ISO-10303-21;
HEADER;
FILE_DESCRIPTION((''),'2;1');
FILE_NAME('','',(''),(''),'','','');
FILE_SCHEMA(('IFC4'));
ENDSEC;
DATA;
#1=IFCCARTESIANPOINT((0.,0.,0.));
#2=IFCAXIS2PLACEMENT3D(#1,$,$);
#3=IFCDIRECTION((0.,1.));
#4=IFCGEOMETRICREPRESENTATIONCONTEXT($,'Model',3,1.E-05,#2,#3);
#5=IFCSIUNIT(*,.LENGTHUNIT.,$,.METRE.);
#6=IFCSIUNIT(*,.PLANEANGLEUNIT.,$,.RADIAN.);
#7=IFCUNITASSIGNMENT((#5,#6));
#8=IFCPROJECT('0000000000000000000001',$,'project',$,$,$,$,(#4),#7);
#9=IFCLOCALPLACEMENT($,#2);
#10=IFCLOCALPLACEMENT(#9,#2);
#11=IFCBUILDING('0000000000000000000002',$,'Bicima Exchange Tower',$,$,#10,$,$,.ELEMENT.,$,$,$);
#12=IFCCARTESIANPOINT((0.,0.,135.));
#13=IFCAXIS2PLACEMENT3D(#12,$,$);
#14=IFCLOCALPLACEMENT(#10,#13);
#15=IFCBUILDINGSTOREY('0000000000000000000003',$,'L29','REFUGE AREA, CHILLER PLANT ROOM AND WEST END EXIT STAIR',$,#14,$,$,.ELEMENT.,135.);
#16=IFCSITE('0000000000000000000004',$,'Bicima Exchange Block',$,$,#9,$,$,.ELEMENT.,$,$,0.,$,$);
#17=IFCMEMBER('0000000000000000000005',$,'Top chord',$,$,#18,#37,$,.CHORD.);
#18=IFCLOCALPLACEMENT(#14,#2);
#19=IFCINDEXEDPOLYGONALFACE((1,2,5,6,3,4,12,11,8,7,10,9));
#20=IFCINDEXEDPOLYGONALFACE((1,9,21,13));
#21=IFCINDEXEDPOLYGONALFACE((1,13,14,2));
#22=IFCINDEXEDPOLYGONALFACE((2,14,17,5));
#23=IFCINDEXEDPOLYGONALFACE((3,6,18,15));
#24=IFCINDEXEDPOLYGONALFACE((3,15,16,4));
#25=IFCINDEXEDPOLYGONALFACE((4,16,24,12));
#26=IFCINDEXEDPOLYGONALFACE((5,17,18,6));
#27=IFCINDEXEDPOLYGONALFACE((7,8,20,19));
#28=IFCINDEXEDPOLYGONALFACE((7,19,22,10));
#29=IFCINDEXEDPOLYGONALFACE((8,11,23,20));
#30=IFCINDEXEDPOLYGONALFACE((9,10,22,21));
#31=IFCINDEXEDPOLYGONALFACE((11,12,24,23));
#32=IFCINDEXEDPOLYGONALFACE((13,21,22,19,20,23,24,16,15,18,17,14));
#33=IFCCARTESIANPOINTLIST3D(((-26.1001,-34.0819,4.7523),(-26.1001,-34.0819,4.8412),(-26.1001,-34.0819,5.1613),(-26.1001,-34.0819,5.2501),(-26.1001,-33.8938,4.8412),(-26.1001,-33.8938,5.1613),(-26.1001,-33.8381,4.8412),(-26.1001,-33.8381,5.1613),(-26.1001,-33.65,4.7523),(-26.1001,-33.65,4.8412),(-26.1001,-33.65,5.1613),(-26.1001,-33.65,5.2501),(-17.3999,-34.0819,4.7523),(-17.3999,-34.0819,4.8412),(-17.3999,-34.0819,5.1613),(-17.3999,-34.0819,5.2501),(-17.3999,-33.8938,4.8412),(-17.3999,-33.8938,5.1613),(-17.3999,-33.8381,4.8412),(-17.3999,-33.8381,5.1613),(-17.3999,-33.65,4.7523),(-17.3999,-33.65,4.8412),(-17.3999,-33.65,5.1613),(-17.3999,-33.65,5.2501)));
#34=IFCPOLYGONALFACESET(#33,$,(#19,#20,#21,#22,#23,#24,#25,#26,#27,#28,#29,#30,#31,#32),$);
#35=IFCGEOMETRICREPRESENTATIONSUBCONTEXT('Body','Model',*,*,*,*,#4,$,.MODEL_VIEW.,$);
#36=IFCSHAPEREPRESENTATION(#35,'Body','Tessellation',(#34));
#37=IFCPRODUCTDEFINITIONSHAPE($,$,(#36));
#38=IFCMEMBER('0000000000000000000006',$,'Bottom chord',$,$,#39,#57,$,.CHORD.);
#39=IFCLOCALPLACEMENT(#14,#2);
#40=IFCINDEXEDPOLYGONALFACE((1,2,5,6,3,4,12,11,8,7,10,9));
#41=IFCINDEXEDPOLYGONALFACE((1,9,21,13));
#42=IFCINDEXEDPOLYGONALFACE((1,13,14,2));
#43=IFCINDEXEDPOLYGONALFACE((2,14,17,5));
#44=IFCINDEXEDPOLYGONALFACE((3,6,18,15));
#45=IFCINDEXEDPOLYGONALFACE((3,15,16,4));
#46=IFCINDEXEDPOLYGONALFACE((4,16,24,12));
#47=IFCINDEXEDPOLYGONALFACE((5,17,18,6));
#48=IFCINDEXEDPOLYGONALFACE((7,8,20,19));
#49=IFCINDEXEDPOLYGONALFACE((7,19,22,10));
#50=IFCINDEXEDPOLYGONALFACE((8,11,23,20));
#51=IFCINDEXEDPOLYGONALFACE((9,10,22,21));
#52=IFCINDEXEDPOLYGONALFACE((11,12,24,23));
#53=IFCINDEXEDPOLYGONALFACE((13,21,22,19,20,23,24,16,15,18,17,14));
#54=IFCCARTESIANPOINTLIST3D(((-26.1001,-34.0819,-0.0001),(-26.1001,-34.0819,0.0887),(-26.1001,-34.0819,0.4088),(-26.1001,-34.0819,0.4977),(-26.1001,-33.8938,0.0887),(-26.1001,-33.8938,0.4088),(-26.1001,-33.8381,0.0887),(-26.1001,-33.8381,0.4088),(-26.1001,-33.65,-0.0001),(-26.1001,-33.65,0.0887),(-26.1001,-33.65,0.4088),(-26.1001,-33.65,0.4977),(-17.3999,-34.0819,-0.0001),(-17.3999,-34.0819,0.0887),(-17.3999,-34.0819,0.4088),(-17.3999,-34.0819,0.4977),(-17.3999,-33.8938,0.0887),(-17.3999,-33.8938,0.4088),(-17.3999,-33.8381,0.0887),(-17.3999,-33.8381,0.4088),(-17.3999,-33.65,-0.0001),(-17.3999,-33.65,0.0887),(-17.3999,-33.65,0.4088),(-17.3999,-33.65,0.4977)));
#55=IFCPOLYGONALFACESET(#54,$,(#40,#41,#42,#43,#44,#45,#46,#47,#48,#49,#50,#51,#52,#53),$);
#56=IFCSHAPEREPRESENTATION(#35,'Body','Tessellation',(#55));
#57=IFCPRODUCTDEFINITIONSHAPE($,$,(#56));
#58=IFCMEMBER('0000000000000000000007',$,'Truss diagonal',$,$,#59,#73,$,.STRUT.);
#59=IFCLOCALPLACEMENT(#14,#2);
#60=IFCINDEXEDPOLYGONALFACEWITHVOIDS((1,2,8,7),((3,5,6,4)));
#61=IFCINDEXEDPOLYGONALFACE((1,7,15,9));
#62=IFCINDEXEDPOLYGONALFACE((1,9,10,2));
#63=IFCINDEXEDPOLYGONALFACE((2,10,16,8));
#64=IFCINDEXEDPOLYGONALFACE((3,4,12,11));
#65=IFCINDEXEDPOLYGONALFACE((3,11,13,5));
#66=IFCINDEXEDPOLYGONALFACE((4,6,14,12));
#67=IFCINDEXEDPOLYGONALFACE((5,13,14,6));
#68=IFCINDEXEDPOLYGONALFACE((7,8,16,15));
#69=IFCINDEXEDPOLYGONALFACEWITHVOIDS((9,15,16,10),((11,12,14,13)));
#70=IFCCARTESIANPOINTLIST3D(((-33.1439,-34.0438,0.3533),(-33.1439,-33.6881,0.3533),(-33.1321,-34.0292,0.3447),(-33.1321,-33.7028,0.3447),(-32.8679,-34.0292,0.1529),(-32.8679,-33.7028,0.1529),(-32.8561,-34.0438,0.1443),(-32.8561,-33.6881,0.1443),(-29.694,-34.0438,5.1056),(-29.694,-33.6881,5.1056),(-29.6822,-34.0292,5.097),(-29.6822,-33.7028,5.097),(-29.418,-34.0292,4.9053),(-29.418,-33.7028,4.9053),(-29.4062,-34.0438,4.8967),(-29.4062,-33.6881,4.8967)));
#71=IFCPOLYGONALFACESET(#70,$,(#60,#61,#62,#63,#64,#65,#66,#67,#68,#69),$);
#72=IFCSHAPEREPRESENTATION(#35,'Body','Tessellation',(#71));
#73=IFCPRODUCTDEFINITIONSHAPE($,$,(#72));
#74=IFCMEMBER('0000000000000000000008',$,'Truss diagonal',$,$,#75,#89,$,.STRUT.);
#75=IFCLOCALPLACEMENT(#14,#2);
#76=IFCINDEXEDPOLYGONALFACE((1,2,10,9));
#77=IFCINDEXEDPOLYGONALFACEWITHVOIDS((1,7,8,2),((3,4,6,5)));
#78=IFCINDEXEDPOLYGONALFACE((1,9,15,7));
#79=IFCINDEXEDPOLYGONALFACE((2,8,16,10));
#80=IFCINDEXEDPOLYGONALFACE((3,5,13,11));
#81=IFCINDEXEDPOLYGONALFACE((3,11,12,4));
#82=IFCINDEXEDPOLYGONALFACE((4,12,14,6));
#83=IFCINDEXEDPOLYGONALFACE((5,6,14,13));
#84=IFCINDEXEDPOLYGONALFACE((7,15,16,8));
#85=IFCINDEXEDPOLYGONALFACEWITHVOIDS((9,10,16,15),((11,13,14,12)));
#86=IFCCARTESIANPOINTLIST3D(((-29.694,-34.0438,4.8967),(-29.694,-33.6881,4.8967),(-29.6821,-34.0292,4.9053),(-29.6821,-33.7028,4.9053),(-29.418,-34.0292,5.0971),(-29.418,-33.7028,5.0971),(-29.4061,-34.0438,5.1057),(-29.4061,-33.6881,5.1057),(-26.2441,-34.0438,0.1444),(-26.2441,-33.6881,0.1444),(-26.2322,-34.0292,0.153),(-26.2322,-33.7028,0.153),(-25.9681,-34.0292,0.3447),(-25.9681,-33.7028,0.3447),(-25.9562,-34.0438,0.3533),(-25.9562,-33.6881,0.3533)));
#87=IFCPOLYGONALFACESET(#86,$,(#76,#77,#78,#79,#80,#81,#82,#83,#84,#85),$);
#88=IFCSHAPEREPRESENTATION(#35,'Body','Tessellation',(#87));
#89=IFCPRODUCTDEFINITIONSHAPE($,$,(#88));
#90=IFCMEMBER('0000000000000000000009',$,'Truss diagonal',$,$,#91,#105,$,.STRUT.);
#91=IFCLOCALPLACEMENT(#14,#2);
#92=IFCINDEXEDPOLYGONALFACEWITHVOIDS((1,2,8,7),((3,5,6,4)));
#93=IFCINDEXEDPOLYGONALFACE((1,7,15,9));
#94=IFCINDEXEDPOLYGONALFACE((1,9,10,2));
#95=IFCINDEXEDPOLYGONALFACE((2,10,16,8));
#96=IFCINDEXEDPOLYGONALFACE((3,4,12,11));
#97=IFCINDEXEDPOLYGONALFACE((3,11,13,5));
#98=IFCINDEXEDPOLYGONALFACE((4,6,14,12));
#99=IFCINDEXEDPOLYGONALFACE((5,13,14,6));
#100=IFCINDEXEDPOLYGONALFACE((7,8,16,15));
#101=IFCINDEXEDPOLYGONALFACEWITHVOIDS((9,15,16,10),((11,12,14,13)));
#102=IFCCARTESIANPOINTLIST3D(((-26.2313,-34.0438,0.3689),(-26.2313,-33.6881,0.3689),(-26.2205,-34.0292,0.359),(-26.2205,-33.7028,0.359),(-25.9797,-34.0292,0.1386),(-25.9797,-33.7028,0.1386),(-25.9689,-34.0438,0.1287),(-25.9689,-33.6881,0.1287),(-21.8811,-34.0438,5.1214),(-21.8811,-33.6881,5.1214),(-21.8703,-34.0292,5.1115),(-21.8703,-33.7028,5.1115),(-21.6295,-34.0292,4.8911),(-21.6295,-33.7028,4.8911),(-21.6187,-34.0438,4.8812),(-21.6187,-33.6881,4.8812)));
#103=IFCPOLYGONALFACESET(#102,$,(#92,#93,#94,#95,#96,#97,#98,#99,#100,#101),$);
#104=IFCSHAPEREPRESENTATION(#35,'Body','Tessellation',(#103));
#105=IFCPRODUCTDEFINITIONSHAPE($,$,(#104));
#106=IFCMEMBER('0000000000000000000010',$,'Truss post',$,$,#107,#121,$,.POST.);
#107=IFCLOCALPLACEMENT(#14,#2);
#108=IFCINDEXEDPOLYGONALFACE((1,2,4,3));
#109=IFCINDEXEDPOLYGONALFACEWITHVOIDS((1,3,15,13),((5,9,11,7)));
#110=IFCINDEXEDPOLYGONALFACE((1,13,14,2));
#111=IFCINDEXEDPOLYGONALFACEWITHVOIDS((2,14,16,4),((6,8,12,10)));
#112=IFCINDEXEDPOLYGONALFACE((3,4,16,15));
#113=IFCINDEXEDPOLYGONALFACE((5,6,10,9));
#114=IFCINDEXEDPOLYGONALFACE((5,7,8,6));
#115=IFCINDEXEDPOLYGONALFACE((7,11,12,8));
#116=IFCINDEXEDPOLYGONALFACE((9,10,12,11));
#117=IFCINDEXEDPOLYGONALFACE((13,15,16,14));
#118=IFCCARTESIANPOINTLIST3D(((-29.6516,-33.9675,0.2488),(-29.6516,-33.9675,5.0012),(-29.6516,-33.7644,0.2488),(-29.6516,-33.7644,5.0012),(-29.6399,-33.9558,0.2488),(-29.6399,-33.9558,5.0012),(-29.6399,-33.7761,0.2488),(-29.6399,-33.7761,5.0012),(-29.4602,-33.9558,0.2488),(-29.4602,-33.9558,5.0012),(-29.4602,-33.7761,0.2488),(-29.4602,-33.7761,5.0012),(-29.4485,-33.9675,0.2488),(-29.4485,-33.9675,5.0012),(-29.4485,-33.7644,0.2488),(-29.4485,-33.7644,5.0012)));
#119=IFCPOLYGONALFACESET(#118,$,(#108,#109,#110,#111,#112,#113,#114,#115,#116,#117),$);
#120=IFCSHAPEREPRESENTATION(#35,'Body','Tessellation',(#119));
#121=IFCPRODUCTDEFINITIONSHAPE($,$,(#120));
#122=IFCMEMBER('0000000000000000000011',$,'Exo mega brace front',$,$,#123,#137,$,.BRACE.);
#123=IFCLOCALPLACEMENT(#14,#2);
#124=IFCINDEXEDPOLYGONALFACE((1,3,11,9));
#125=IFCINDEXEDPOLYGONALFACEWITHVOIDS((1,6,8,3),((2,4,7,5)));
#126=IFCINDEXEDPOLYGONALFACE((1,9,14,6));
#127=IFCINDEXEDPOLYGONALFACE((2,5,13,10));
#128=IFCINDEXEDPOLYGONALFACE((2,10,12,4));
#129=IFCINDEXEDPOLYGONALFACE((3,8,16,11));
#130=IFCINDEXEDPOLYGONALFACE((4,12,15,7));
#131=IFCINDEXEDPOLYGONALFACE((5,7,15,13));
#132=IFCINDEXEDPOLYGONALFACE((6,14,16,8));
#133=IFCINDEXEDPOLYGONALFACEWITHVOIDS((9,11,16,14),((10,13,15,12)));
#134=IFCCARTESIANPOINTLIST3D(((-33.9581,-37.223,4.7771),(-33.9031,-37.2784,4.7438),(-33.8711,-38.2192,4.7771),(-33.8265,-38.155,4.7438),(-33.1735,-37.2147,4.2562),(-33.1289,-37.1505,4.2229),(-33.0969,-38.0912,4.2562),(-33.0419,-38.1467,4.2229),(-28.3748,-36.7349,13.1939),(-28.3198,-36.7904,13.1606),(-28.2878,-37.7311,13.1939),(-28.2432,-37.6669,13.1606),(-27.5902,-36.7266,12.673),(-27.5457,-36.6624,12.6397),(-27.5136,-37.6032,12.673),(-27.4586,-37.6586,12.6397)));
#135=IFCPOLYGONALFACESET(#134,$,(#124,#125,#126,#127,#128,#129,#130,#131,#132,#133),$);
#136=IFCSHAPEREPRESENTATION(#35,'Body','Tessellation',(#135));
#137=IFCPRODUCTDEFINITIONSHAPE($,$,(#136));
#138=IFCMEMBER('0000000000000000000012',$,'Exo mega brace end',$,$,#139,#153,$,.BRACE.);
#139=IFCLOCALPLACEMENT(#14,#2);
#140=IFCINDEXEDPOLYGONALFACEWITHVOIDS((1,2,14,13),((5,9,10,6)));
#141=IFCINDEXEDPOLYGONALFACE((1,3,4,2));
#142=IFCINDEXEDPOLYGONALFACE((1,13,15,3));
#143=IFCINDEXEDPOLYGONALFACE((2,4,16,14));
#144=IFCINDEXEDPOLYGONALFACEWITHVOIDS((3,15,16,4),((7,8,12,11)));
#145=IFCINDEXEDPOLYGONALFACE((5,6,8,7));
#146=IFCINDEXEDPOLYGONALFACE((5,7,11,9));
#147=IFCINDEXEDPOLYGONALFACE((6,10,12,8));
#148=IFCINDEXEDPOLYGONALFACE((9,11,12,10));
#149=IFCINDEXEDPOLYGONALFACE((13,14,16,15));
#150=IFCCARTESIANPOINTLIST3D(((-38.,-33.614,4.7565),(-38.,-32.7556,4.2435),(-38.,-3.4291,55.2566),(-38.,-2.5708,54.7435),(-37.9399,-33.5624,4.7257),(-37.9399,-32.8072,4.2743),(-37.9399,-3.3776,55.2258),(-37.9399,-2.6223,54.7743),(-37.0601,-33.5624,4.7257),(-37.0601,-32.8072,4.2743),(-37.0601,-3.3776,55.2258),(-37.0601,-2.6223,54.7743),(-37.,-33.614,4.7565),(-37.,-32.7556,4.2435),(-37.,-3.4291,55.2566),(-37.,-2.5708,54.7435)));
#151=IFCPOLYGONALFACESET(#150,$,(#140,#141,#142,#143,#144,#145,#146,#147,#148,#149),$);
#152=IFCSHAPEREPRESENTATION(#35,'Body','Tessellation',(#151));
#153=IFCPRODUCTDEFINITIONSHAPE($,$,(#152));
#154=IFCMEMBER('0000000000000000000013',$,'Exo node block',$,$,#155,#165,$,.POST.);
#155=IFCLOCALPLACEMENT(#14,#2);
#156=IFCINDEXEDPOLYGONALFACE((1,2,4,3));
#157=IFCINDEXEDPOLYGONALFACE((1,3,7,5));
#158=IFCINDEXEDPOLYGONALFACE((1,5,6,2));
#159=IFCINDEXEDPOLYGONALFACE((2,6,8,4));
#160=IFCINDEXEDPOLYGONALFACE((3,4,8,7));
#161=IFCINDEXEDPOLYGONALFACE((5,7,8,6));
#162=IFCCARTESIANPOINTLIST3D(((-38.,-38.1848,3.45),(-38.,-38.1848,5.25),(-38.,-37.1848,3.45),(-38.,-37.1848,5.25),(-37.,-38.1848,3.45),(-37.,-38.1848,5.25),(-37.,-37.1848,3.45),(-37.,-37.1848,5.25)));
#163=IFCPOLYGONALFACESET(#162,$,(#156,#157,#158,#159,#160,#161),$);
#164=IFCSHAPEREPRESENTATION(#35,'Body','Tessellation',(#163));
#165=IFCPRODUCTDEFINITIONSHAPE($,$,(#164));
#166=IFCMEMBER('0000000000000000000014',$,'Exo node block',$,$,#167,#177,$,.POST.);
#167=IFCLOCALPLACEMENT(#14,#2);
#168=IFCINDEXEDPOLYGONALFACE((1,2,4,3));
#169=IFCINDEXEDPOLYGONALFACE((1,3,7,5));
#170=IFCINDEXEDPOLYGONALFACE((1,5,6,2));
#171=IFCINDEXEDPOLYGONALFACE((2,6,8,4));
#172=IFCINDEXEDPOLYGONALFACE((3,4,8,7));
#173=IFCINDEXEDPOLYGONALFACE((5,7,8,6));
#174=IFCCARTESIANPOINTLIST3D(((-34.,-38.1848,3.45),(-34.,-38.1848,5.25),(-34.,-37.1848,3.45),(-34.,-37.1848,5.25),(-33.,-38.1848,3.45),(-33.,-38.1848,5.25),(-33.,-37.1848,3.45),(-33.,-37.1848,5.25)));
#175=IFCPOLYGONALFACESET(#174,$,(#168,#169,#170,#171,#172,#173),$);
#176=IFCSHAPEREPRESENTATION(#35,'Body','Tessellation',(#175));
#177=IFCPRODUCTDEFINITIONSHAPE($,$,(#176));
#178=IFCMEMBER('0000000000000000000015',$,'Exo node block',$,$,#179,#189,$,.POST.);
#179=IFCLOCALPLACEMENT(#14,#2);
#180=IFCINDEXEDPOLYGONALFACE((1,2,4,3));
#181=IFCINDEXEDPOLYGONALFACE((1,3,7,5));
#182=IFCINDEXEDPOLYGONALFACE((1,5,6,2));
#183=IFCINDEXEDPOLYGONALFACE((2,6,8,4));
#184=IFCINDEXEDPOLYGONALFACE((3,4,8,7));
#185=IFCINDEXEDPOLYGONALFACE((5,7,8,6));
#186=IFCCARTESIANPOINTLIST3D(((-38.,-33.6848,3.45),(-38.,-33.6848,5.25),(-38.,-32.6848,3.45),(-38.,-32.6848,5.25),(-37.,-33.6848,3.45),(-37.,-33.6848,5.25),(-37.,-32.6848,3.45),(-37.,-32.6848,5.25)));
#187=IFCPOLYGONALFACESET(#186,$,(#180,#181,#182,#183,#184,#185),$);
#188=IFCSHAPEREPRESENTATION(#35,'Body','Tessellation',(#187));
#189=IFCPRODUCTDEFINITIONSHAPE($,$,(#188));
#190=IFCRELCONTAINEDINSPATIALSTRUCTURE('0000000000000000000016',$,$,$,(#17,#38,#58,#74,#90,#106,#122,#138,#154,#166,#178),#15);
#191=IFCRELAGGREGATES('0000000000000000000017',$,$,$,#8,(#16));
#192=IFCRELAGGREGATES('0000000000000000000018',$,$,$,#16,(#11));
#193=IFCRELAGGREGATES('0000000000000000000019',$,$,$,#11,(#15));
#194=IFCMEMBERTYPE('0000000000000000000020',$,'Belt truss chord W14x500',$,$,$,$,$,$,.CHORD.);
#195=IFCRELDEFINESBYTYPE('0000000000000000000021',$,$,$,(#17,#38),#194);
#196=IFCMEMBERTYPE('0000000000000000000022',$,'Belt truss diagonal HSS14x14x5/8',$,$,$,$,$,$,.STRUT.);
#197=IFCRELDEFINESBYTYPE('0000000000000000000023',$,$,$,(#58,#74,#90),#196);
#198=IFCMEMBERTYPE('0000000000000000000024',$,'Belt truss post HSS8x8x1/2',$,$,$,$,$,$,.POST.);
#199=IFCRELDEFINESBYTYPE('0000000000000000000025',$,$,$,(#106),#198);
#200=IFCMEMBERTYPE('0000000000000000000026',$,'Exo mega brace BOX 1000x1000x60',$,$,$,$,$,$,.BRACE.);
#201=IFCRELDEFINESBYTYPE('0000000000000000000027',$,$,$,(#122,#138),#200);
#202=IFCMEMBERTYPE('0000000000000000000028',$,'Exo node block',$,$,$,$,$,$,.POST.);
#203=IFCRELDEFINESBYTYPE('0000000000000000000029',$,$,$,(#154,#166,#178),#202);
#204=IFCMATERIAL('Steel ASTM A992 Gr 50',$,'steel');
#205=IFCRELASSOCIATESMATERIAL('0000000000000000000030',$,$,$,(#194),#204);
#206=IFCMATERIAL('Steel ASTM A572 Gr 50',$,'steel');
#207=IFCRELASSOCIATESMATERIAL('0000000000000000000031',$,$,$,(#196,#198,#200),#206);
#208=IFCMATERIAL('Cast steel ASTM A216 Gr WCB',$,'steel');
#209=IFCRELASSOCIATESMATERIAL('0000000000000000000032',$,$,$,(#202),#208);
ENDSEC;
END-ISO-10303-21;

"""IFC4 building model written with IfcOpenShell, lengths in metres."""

from ifc_helpers import new_model, si_unit, direction, frame, origin, origin_2d, place, context, subcontext, project, spatial, rectangle, hollow_rectangle, i_section, extrude, material, material_profile, profile_set, type_object, element, save


model = new_model("IFC4")

# Units and contexts
model_context = context("Model", 3, precision=1e-05, world=origin(), true_north=direction((0.0, 1.0)))
body_context = subcontext(model_context, "Body", "Model", "MODEL_VIEW")
ifc_project = project(units=[si_unit("LENGTHUNIT", "METRE"), si_unit("PLANEANGLEUNIT", "RADIAN")], contexts=[model_context])

# Site, building, storey
site_placement = place(None, origin())
site = spatial("IfcSite", under=ifc_project, at=site_placement, Name="Bicima Exchange Block", CompositionType="ELEMENT", RefElevation=0.0)
building_placement = place(site_placement, origin())
building = spatial("IfcBuilding", under=site, at=building_placement, Name="Bicima Exchange Tower", CompositionType="ELEMENT")
storey_placement = place(building_placement, frame((0.0, 0.0, 135.0)))
storey = spatial("IfcBuildingStorey", under=building, at=storey_placement, Name="L29", Description="REFUGE AREA, CHILLER PLANT ROOM AND WEST END EXIT STAIR", CompositionType="ELEMENT", Elevation=135.0)

# Shared definitions
ifc_material_1 = material(Name="Steel ASTM A572 Gr 50", Category="steel")
ifc_material_2 = material(Name="Steel ASTM A992 Gr 50", Category="steel")

# Members
ifc_material_profile_1 = material_profile(ifc_material_2, i_section(OverallWidth=0.4319, OverallDepth=0.4978, WebThickness=0.0557, FlangeThickness=0.0889, at=origin_2d()))
ifc_profile_set_1 = profile_set([ifc_material_profile_1], Name="Steel ASTM A992 Gr 50")
member_type_1 = type_object("IfcMemberType", Name="Belt truss chord W14x500", PredefinedType="CHORD", material=ifc_profile_set_1)
for number, where, z_axis, x_axis, name in (
    (1, (-26.1001, -33.866, 5.0012), (1.0, 0.0, 0.0), (0.0, 1.0, 0.0), "Top chord"),
    (2, (-26.1001, -33.866, 0.2488), (1.0, 0.0, 0.0), (0.0, 1.0, 0.0), "Bottom chord"),
):
    element("IfcMember", number, at=place(storey_placement, frame(where, z_axis=z_axis, x_axis=x_axis)), inside=storey, type_object=member_type_1, Name=name, PredefinedType="CHORD", context=body_context, shape_type="SweptSolid", body=[
        extrude(i_section(OverallWidth=0.4319, OverallDepth=0.4978, WebThickness=0.0557, FlangeThickness=0.0889, at=origin_2d()), origin(), (0.0, 0.0, 1.0), 8.7002),
    ])
ifc_material_profile_2 = material_profile(ifc_material_1, hollow_rectangle(XDim=0.3557, YDim=0.3557, WallThickness=0.0146, at=origin_2d()))
ifc_profile_set_2 = profile_set([ifc_material_profile_2], Name="Steel ASTM A572 Gr 50")
member_type_2 = type_object("IfcMemberType", Name="Belt truss diagonal HSS14x14x5/8", PredefinedType="STRUT", material=ifc_profile_set_2)
for number, where, z_axis, x_axis, name in (
    (3, (-33.0, -33.866, 0.2488), (0.587462, 0.0, 0.809252), (0.0, 1.0, 0.0), "Truss diagonal"),
    (4, (-29.55, -33.866, 5.0012), (0.587462, 0.0, -0.809252), (0.0, 1.0, 0.0), "Truss diagonal"),
):
    element("IfcMember", number, at=place(storey_placement, frame(where, z_axis=z_axis, x_axis=x_axis)), inside=storey, type_object=member_type_2, Name=name, PredefinedType="STRUT", context=body_context, shape_type="SweptSolid", body=[
        extrude(hollow_rectangle(XDim=0.3557, YDim=0.3557, WallThickness=0.0146, at=origin_2d()), origin(), (0.0, 0.0, 1.0), 5.8726),
    ])
member_1_placement = place(storey_placement, frame((-26.1001, -33.866, 0.2488), z_axis=(0.675193, 0.0, 0.737642), x_axis=(0.0, 1.0, 0.0)))
element("IfcMember", 5, at=member_1_placement, inside=storey, type_object=member_type_2, Name="Truss diagonal", PredefinedType="STRUT", context=body_context, shape_type="SweptSolid", body=[
    extrude(hollow_rectangle(XDim=0.3557, YDim=0.3557, WallThickness=0.0146, at=origin_2d()), origin(), (0.0, 0.0, 1.0), 6.4429),
])
ifc_material_profile_3 = material_profile(ifc_material_1, hollow_rectangle(XDim=0.2031, YDim=0.2031, WallThickness=0.0117, at=origin_2d()))
ifc_profile_set_3 = profile_set([ifc_material_profile_3], Name="Steel ASTM A572 Gr 50")
member_type_3 = type_object("IfcMemberType", Name="Belt truss post HSS8x8x1/2", PredefinedType="POST", material=ifc_profile_set_3)
member_2_placement = place(storey_placement, frame((-29.55, -33.866, 0.2488), z_axis=(0.0, 0.0, 1.0), x_axis=(1.0, 0.0, 0.0)))
element("IfcMember", 6, at=member_2_placement, inside=storey, type_object=member_type_3, Name="Truss post", PredefinedType="POST", context=body_context, shape_type="SweptSolid", body=[
    extrude(hollow_rectangle(XDim=0.2031, YDim=0.2031, WallThickness=0.0117, at=origin_2d()), origin(), (0.0, 0.0, 1.0), 4.7524),
])
ifc_material_profile_4 = material_profile(ifc_material_1, hollow_rectangle(XDim=1.0, YDim=1.0, WallThickness=0.0601, at=origin_2d()))
ifc_profile_set_4 = profile_set([ifc_material_profile_4], Name="Steel ASTM A572 Gr 50")
member_type_4 = type_object("IfcMemberType", Name="Exo mega brace BOX 1000x1000x60", PredefinedType="BRACE", material=ifc_profile_set_4)
member_3_placement = place(storey_placement, frame((-33.5, -37.6848, 4.5), z_axis=(0.552141, 0.048263, 0.832353), x_axis=(-0.087079, 0.996201, 0.0)))
element("IfcMember", 7, at=member_3_placement, inside=storey, type_object=member_type_4, Name="Exo mega brace front", PredefinedType="BRACE", context=body_context, shape_type="SweptSolid", body=[
    extrude(hollow_rectangle(XDim=1.0, YDim=1.0, WallThickness=0.0601, at=origin_2d()), origin(), (0.0, 0.0, 1.0), 10.1121),
])
member_4_placement = place(storey_placement, frame((-37.5, -33.1848, 4.5), z_axis=(0.0, 0.513055, 0.858355), x_axis=(-1.0, 0.0, 0.0)))
element("IfcMember", 8, at=member_4_placement, inside=storey, type_object=member_type_4, Name="Exo mega brace end", PredefinedType="BRACE", context=body_context, shape_type="SweptSolid", body=[
    extrude(hollow_rectangle(XDim=1.0, YDim=1.0, WallThickness=0.0601, at=origin_2d()), origin(), (0.0, 0.0, 1.0), 58.8335),
])
ifc_material_3 = material(Name="Cast steel ASTM A216 Gr WCB", Category="steel")
ifc_material_profile_5 = material_profile(ifc_material_3, rectangle(XDim=1.0, YDim=1.0, at=origin_2d()))
ifc_profile_set_5 = profile_set([ifc_material_profile_5], Name="Cast steel ASTM A216 Gr WCB")
member_type_5 = type_object("IfcMemberType", Name="Exo node block", PredefinedType="POST", material=ifc_profile_set_5)
for number, where, z_axis, x_axis, name in (
    (9, (-37.5, -37.6848, 3.45), (0.0, 0.0, 1.0), (1.0, 0.0, 0.0), "Exo node block"),
    (10, (-33.5, -37.6848, 3.45), (0.0, 0.0, 1.0), (1.0, 0.0, 0.0), "Exo node block"),
    (11, (-37.5, -33.1848, 3.45), (0.0, 0.0, 1.0), (1.0, 0.0, 0.0), "Exo node block"),
):
    element("IfcMember", number, at=place(storey_placement, frame(where, z_axis=z_axis, x_axis=x_axis)), inside=storey, type_object=member_type_5, Name=name, PredefinedType="POST", context=body_context, shape_type="SweptSolid", body=[
        extrude(rectangle(XDim=1.0, YDim=1.0, at=origin_2d()), origin(), (0.0, 0.0, 1.0), 1.8),
    ])

save(model, "model.ifc")
